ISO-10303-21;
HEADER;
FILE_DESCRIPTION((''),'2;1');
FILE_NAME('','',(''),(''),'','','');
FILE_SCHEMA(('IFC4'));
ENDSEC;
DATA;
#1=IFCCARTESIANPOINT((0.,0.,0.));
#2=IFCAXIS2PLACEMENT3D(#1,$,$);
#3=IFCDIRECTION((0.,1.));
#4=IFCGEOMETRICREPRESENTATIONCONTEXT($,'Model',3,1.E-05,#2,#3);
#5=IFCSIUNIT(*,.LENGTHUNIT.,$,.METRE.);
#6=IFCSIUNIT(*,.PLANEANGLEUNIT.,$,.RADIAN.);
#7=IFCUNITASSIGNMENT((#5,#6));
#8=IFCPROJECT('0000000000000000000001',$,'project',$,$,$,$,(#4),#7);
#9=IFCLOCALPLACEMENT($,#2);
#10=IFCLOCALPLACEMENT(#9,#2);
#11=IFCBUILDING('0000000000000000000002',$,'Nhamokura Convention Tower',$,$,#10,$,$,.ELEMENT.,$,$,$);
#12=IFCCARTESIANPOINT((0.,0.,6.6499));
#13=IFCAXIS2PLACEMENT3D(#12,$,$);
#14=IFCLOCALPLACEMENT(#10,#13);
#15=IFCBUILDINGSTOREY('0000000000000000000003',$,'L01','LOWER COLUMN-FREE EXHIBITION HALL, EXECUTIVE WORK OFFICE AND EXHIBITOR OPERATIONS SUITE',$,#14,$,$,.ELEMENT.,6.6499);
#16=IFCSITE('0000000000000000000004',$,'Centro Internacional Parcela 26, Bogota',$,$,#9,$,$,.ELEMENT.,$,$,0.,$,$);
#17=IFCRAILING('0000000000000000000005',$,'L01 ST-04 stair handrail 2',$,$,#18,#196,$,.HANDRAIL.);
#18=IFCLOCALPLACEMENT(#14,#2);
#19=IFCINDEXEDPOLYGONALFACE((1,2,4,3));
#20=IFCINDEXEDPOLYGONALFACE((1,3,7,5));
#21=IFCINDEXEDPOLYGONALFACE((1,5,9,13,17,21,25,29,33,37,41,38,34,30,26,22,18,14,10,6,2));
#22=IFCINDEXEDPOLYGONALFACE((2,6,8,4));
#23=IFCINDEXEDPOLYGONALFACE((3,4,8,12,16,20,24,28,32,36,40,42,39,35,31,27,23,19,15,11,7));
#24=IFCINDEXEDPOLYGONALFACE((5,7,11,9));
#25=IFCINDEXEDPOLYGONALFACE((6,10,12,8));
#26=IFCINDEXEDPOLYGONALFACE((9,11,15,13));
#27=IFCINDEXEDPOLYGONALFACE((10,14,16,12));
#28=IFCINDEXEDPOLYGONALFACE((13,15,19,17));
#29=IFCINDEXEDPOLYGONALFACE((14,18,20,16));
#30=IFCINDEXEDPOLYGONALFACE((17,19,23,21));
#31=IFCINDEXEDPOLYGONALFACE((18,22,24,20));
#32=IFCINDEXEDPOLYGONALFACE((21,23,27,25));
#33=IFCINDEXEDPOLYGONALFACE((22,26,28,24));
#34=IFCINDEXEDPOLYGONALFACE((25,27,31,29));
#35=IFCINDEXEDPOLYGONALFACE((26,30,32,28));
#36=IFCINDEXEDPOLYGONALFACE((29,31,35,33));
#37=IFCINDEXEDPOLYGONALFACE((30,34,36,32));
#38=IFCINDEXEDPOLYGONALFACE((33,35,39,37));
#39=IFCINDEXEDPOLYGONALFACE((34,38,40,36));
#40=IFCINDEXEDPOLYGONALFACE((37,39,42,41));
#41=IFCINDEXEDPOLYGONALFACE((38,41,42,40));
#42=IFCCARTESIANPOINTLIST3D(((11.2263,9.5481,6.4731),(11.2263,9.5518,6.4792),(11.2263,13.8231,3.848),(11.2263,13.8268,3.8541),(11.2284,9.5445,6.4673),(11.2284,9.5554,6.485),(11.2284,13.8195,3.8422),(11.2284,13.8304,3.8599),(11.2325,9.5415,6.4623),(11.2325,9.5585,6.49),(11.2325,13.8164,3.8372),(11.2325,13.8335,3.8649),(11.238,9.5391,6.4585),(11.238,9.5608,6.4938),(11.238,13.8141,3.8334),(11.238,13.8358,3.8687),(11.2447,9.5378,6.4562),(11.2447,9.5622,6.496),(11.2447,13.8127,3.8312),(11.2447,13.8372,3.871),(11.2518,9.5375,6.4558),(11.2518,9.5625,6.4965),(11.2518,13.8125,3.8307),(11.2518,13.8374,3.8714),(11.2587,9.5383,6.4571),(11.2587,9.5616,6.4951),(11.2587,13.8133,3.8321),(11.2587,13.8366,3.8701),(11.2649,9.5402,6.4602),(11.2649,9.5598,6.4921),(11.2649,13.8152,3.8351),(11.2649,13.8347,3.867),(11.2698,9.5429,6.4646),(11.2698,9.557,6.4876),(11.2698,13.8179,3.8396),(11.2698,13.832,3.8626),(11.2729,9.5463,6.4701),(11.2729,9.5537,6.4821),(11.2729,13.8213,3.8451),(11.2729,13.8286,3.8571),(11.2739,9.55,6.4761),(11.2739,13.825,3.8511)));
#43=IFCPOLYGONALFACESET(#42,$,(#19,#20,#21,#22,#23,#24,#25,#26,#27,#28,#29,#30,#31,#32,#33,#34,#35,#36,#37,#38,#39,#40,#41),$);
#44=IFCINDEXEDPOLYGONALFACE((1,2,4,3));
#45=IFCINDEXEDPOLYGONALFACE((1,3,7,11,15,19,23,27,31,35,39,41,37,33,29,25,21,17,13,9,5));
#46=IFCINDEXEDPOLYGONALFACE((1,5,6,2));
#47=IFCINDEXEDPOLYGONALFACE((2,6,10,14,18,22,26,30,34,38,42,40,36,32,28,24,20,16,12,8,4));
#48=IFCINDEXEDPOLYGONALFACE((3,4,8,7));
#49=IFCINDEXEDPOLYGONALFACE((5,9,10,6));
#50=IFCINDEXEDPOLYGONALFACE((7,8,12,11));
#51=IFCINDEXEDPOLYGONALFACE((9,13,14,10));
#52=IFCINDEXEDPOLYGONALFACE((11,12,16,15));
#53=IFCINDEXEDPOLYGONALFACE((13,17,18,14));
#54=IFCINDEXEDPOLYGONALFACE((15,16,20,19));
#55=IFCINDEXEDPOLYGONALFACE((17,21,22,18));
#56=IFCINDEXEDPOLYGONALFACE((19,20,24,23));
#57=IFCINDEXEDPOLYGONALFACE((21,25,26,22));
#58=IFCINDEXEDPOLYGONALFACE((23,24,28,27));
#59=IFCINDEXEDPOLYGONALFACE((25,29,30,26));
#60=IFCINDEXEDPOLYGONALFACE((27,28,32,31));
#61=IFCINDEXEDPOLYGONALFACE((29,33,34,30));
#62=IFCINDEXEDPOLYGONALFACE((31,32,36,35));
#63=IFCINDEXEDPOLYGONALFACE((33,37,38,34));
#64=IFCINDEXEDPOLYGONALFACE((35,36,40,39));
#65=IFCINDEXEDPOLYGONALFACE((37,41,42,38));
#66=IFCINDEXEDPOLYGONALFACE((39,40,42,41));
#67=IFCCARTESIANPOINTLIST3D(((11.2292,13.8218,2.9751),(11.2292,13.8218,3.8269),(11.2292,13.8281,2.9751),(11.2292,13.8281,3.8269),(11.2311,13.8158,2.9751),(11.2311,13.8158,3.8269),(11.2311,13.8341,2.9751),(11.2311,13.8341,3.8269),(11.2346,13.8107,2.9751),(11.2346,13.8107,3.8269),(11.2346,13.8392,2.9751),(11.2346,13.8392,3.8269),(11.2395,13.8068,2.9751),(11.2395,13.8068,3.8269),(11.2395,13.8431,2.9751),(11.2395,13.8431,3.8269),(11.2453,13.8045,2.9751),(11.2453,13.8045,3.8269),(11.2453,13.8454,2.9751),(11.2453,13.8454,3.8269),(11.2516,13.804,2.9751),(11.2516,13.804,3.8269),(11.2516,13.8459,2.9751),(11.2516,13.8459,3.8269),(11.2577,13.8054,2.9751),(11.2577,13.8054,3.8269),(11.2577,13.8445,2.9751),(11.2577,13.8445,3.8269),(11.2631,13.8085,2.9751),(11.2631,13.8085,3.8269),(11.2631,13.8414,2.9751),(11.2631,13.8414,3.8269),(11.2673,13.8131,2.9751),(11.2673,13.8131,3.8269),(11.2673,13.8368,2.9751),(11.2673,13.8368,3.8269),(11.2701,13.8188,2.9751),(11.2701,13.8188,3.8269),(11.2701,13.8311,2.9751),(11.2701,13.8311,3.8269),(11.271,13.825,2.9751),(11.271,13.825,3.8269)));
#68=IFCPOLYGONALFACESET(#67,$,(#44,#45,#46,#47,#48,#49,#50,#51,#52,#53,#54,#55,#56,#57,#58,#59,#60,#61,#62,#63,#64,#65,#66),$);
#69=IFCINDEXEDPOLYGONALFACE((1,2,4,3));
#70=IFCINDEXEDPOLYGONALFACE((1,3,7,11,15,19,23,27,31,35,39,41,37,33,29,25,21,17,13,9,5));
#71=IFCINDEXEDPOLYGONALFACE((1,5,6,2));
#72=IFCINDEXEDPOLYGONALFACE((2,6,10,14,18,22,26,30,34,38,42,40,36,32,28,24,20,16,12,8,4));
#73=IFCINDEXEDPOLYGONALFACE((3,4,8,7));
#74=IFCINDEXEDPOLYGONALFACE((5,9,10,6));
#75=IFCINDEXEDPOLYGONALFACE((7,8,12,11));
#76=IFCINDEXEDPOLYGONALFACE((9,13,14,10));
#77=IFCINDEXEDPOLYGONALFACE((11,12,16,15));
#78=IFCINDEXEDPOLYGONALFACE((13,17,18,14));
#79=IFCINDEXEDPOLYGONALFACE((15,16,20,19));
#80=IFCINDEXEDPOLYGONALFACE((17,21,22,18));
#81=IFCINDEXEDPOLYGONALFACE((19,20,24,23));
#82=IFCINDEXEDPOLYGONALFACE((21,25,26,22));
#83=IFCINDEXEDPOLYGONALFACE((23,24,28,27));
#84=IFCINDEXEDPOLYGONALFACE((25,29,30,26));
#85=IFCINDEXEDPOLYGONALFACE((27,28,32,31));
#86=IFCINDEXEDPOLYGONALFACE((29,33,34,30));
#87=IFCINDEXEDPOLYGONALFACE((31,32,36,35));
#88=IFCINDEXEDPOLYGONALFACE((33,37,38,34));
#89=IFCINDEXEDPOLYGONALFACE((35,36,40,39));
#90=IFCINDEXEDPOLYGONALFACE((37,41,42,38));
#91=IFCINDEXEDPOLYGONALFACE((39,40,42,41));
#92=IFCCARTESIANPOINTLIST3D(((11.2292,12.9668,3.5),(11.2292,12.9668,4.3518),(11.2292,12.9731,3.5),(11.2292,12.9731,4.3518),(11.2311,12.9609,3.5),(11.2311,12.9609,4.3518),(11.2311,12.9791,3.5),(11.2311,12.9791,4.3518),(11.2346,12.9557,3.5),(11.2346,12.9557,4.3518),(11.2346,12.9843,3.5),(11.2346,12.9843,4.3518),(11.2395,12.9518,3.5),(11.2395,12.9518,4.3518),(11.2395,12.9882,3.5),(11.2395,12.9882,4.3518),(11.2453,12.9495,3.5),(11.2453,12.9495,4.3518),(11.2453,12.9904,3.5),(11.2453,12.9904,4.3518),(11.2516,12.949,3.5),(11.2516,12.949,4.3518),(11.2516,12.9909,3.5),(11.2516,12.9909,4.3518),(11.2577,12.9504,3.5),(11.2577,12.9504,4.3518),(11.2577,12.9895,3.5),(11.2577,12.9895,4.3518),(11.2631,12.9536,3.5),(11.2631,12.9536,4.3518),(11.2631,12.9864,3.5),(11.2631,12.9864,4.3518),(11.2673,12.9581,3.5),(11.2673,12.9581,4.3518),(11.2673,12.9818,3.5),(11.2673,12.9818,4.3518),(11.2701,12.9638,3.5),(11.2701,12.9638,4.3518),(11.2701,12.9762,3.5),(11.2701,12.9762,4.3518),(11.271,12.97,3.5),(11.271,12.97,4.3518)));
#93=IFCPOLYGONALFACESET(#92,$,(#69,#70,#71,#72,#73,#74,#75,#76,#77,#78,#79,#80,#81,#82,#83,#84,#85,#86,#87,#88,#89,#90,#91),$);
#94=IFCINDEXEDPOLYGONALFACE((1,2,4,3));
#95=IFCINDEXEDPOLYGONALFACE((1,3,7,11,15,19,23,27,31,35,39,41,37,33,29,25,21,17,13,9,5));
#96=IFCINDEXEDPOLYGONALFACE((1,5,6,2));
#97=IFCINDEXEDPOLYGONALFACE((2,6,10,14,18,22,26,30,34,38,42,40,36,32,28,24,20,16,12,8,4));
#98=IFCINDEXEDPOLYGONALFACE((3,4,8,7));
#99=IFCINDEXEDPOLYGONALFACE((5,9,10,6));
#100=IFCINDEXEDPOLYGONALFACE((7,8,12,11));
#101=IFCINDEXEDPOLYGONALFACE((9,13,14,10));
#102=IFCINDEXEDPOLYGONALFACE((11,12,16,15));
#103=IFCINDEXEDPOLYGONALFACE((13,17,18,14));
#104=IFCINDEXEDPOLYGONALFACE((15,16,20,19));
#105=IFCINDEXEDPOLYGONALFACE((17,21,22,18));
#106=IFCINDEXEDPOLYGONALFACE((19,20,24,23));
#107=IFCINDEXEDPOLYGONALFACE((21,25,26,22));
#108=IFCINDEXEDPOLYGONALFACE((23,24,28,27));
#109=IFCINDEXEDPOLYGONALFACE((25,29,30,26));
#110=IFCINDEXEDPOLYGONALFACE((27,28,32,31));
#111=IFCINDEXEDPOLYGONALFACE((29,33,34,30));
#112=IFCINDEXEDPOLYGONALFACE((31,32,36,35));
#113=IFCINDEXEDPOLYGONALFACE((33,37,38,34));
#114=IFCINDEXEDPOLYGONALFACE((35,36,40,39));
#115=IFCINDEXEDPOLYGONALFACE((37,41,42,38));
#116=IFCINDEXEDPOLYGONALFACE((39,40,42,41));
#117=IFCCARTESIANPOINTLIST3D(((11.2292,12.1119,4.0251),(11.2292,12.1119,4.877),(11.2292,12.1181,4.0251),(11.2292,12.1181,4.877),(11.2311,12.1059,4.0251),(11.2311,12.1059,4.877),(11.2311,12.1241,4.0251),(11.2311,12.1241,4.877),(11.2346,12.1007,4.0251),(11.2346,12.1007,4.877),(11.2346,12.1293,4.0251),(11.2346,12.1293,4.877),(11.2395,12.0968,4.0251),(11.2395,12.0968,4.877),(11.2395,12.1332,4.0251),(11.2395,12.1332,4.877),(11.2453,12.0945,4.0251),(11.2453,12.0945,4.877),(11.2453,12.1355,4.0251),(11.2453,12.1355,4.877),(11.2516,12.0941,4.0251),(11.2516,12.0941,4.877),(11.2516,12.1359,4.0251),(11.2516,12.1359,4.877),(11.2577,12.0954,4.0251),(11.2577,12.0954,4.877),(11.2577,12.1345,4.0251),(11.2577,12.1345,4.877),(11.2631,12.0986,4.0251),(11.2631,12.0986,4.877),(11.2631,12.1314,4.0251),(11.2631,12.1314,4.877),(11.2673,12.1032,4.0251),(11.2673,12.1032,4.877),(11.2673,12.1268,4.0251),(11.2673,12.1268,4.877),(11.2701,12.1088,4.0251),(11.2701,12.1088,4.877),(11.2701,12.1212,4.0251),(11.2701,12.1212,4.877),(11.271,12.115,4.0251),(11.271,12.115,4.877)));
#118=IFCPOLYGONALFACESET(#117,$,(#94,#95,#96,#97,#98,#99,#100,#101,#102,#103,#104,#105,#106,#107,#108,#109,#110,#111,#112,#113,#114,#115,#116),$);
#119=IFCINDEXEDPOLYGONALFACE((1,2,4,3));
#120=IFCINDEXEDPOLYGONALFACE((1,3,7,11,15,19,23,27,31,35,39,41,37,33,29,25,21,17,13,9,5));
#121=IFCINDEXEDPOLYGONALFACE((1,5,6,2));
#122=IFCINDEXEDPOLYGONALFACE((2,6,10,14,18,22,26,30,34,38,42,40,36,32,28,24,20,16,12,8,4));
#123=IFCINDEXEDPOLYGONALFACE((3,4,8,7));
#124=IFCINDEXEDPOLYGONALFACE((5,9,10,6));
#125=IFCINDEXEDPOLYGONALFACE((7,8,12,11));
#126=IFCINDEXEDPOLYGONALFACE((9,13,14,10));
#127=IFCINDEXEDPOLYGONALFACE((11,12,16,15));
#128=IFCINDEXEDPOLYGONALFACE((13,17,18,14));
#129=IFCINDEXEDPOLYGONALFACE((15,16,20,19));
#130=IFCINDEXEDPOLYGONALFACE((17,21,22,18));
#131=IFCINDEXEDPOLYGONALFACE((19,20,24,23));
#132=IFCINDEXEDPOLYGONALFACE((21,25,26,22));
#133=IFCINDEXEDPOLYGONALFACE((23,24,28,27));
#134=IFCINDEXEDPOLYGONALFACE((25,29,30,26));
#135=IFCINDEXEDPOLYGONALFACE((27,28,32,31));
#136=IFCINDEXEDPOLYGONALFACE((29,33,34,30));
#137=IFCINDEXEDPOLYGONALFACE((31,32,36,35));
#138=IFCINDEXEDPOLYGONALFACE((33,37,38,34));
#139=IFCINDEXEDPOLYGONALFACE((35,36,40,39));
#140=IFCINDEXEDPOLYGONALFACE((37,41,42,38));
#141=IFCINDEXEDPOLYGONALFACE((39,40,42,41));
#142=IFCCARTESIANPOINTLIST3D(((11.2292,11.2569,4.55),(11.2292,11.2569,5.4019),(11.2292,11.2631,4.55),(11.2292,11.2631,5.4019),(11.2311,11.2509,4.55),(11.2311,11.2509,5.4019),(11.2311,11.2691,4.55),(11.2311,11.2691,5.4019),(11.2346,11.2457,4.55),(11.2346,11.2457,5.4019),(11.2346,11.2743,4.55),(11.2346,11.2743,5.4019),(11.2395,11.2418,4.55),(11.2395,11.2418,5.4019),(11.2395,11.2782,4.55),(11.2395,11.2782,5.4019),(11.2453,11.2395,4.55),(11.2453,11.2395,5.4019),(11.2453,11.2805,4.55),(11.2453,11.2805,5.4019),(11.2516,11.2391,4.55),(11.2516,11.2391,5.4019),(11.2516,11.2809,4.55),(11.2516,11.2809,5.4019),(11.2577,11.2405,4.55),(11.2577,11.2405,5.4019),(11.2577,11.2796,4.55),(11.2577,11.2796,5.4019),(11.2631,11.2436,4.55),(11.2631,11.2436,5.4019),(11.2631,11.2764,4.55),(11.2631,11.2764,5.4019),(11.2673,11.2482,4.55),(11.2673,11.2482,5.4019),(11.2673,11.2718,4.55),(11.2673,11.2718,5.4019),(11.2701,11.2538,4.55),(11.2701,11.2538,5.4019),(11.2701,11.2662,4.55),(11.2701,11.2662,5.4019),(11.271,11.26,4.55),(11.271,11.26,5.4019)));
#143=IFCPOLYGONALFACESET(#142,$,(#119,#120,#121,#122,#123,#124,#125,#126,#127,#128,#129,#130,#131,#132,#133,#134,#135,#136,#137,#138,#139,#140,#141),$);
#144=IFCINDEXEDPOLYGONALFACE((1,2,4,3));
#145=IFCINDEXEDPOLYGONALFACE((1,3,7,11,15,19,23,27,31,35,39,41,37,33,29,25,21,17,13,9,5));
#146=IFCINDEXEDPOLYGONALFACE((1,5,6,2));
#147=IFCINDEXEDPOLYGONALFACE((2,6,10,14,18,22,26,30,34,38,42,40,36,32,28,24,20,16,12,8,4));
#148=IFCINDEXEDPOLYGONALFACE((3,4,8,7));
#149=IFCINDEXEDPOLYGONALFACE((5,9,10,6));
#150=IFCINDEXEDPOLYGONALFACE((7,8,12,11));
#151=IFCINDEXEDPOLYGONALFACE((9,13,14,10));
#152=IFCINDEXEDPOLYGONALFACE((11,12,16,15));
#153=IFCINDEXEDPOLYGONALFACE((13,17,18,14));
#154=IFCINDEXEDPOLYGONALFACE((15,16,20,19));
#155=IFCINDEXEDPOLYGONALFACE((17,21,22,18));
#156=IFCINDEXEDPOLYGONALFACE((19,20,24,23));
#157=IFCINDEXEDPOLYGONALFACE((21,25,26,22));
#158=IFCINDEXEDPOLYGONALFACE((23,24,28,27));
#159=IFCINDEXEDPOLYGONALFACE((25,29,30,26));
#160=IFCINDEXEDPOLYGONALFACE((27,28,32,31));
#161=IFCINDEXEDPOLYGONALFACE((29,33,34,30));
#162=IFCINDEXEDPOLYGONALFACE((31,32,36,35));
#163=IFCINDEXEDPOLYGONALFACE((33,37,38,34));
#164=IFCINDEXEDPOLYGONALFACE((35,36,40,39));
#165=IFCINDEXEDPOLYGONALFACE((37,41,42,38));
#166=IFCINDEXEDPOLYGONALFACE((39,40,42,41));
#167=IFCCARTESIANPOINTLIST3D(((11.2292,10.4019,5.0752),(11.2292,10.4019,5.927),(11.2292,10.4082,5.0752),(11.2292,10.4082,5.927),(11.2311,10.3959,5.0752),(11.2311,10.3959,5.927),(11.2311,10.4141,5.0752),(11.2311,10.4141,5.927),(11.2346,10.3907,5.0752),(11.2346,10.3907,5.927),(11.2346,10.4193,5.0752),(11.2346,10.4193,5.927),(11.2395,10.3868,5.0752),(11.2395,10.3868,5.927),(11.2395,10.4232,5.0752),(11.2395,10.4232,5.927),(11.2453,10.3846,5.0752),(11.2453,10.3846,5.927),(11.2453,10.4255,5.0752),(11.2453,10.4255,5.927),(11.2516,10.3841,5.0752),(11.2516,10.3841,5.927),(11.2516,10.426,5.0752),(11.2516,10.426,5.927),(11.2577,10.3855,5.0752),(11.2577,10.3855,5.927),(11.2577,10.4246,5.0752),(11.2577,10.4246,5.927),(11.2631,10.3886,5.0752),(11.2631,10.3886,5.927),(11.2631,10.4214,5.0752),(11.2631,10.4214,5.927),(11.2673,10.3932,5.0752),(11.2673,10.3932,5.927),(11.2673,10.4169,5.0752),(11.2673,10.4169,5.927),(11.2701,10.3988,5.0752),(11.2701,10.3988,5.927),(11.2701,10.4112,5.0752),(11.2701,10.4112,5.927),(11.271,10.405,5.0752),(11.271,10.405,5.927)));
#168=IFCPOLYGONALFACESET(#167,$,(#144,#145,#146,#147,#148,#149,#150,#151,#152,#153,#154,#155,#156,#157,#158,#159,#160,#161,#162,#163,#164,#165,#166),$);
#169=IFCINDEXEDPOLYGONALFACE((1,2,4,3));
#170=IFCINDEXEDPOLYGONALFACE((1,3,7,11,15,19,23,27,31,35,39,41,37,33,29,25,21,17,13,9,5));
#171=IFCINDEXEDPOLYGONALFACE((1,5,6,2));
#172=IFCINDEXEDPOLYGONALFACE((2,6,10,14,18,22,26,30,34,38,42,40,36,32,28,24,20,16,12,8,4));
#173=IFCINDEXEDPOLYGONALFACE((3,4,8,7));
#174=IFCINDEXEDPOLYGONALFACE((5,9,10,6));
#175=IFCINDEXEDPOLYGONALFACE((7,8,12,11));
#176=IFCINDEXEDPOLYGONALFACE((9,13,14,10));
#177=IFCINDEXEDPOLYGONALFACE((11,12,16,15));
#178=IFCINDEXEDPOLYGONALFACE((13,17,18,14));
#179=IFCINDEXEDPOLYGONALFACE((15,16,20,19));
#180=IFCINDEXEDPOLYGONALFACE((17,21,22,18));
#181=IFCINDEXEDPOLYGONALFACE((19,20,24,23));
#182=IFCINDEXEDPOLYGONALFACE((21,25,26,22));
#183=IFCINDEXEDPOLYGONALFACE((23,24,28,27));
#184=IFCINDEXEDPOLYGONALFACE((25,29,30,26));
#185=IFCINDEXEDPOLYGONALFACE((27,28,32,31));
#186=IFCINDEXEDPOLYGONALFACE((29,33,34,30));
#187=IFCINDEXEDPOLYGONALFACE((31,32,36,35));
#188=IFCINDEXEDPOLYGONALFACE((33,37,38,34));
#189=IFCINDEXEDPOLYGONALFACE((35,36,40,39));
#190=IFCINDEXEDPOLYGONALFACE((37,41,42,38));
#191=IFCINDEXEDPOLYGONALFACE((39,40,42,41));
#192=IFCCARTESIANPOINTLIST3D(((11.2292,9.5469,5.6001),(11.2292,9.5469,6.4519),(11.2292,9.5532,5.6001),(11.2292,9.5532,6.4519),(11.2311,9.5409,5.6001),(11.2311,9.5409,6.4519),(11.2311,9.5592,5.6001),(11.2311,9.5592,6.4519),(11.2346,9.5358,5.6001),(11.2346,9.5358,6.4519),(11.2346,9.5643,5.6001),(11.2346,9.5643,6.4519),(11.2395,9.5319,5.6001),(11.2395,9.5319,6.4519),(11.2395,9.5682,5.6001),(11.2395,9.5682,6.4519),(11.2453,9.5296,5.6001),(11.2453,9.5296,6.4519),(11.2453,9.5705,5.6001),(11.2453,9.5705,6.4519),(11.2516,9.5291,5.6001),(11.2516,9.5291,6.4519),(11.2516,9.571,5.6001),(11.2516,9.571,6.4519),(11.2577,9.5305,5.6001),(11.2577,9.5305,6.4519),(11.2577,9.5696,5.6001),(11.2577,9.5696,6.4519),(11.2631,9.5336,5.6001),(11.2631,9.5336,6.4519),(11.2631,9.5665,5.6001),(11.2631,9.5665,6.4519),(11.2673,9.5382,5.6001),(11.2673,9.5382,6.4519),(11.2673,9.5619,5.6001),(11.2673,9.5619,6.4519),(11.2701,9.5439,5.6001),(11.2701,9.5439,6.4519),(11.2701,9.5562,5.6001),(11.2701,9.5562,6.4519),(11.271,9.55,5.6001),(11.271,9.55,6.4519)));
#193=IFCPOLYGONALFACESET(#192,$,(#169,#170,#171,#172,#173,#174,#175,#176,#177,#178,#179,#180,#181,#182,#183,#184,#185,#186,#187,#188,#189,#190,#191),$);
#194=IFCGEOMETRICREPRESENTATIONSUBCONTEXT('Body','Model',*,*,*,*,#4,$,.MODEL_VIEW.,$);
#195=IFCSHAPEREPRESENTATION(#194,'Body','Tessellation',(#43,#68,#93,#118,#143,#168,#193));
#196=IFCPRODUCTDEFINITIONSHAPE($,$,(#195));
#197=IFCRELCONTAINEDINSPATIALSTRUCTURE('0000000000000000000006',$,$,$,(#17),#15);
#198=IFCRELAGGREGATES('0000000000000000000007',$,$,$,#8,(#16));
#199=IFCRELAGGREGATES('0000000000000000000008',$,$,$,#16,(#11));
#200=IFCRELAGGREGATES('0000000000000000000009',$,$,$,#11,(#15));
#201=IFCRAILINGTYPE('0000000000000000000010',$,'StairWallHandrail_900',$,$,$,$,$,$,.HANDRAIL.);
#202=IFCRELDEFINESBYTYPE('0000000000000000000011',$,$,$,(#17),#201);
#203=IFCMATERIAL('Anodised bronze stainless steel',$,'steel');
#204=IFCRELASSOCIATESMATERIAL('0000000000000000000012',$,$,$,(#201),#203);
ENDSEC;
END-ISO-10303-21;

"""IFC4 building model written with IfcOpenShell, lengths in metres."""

from ifc_helpers import new_model, si_unit, direction, frame, origin, origin_2d, place, context, subcontext, project, spatial, circle, extrude, material, type_object, element, save


model = new_model("IFC4")

# Units and contexts
model_context = context("Model", 3, precision=1e-05, world=origin(), true_north=direction((0.0, 1.0)))
body_context = subcontext(model_context, "Body", "Model", "MODEL_VIEW")
ifc_project = project(units=[si_unit("LENGTHUNIT", "METRE"), si_unit("PLANEANGLEUNIT", "RADIAN")], contexts=[model_context])

# Site, building, storey
site_placement = place(None, origin())
site = spatial("IfcSite", under=ifc_project, at=site_placement, Name="Centro Internacional Parcela 26, Bogota", CompositionType="ELEMENT", RefElevation=0.0)
building_placement = place(site_placement, origin())
building = spatial("IfcBuilding", under=site, at=building_placement, Name="Nhamokura Convention Tower", CompositionType="ELEMENT")
storey_placement = place(building_placement, frame((0.0, 0.0, 6.6499)))
storey = spatial("IfcBuildingStorey", under=building, at=storey_placement, Name="L01", Description="LOWER COLUMN-FREE EXHIBITION HALL, EXECUTIVE WORK OFFICE AND EXHIBITOR OPERATIONS SUITE", CompositionType="ELEMENT", Elevation=6.6499)

# Railing
ifc_material_1 = material(Name="Anodised bronze stainless steel", Category="steel")
railing_type_1 = type_object("IfcRailingType", Name="StairWallHandrail_900", PredefinedType="HANDRAIL", material=ifc_material_1)
railing_1_placement = place(storey_placement, frame((11.25, 13.825, 2.9751)))
element("IfcRailing", 1, at=railing_1_placement, inside=storey, type_object=railing_type_1, Name="L01 ST-04 stair handrail 2", PredefinedType="HANDRAIL", context=body_context, shape_type="SweptSolid", body=[
    extrude(circle(Radius=0.0239, at=origin_2d()), frame((0.0, 0.0, 0.876), z_axis=(0.0, -0.852166, 0.523272), x_axis=(1.0, 0.0, 0.0)), (0.0, 0.0, 1.0), 5.0166),
    extrude(circle(Radius=0.021, at=origin_2d()), origin(), (0.0, 0.0, 1.0), 0.8518),
    extrude(circle(Radius=0.021, at=origin_2d()), frame((0.0, -0.855, 0.5249)), (0.0, 0.0, 1.0), 0.8518),
    extrude(circle(Radius=0.021, at=origin_2d()), frame((0.0, -1.71, 1.05)), (0.0, 0.0, 1.0), 0.8518),
    extrude(circle(Radius=0.021, at=origin_2d()), frame((0.0, -2.5649, 1.575)), (0.0, 0.0, 1.0), 0.8518),
    extrude(circle(Radius=0.021, at=origin_2d()), frame((0.0, -3.4199, 2.1001)), (0.0, 0.0, 1.0), 0.8518),
    extrude(circle(Radius=0.021, at=origin_2d()), frame((0.0, -4.2749, 2.625)), (0.0, 0.0, 1.0), 0.8518),
])

save(model, "model.ifc")
